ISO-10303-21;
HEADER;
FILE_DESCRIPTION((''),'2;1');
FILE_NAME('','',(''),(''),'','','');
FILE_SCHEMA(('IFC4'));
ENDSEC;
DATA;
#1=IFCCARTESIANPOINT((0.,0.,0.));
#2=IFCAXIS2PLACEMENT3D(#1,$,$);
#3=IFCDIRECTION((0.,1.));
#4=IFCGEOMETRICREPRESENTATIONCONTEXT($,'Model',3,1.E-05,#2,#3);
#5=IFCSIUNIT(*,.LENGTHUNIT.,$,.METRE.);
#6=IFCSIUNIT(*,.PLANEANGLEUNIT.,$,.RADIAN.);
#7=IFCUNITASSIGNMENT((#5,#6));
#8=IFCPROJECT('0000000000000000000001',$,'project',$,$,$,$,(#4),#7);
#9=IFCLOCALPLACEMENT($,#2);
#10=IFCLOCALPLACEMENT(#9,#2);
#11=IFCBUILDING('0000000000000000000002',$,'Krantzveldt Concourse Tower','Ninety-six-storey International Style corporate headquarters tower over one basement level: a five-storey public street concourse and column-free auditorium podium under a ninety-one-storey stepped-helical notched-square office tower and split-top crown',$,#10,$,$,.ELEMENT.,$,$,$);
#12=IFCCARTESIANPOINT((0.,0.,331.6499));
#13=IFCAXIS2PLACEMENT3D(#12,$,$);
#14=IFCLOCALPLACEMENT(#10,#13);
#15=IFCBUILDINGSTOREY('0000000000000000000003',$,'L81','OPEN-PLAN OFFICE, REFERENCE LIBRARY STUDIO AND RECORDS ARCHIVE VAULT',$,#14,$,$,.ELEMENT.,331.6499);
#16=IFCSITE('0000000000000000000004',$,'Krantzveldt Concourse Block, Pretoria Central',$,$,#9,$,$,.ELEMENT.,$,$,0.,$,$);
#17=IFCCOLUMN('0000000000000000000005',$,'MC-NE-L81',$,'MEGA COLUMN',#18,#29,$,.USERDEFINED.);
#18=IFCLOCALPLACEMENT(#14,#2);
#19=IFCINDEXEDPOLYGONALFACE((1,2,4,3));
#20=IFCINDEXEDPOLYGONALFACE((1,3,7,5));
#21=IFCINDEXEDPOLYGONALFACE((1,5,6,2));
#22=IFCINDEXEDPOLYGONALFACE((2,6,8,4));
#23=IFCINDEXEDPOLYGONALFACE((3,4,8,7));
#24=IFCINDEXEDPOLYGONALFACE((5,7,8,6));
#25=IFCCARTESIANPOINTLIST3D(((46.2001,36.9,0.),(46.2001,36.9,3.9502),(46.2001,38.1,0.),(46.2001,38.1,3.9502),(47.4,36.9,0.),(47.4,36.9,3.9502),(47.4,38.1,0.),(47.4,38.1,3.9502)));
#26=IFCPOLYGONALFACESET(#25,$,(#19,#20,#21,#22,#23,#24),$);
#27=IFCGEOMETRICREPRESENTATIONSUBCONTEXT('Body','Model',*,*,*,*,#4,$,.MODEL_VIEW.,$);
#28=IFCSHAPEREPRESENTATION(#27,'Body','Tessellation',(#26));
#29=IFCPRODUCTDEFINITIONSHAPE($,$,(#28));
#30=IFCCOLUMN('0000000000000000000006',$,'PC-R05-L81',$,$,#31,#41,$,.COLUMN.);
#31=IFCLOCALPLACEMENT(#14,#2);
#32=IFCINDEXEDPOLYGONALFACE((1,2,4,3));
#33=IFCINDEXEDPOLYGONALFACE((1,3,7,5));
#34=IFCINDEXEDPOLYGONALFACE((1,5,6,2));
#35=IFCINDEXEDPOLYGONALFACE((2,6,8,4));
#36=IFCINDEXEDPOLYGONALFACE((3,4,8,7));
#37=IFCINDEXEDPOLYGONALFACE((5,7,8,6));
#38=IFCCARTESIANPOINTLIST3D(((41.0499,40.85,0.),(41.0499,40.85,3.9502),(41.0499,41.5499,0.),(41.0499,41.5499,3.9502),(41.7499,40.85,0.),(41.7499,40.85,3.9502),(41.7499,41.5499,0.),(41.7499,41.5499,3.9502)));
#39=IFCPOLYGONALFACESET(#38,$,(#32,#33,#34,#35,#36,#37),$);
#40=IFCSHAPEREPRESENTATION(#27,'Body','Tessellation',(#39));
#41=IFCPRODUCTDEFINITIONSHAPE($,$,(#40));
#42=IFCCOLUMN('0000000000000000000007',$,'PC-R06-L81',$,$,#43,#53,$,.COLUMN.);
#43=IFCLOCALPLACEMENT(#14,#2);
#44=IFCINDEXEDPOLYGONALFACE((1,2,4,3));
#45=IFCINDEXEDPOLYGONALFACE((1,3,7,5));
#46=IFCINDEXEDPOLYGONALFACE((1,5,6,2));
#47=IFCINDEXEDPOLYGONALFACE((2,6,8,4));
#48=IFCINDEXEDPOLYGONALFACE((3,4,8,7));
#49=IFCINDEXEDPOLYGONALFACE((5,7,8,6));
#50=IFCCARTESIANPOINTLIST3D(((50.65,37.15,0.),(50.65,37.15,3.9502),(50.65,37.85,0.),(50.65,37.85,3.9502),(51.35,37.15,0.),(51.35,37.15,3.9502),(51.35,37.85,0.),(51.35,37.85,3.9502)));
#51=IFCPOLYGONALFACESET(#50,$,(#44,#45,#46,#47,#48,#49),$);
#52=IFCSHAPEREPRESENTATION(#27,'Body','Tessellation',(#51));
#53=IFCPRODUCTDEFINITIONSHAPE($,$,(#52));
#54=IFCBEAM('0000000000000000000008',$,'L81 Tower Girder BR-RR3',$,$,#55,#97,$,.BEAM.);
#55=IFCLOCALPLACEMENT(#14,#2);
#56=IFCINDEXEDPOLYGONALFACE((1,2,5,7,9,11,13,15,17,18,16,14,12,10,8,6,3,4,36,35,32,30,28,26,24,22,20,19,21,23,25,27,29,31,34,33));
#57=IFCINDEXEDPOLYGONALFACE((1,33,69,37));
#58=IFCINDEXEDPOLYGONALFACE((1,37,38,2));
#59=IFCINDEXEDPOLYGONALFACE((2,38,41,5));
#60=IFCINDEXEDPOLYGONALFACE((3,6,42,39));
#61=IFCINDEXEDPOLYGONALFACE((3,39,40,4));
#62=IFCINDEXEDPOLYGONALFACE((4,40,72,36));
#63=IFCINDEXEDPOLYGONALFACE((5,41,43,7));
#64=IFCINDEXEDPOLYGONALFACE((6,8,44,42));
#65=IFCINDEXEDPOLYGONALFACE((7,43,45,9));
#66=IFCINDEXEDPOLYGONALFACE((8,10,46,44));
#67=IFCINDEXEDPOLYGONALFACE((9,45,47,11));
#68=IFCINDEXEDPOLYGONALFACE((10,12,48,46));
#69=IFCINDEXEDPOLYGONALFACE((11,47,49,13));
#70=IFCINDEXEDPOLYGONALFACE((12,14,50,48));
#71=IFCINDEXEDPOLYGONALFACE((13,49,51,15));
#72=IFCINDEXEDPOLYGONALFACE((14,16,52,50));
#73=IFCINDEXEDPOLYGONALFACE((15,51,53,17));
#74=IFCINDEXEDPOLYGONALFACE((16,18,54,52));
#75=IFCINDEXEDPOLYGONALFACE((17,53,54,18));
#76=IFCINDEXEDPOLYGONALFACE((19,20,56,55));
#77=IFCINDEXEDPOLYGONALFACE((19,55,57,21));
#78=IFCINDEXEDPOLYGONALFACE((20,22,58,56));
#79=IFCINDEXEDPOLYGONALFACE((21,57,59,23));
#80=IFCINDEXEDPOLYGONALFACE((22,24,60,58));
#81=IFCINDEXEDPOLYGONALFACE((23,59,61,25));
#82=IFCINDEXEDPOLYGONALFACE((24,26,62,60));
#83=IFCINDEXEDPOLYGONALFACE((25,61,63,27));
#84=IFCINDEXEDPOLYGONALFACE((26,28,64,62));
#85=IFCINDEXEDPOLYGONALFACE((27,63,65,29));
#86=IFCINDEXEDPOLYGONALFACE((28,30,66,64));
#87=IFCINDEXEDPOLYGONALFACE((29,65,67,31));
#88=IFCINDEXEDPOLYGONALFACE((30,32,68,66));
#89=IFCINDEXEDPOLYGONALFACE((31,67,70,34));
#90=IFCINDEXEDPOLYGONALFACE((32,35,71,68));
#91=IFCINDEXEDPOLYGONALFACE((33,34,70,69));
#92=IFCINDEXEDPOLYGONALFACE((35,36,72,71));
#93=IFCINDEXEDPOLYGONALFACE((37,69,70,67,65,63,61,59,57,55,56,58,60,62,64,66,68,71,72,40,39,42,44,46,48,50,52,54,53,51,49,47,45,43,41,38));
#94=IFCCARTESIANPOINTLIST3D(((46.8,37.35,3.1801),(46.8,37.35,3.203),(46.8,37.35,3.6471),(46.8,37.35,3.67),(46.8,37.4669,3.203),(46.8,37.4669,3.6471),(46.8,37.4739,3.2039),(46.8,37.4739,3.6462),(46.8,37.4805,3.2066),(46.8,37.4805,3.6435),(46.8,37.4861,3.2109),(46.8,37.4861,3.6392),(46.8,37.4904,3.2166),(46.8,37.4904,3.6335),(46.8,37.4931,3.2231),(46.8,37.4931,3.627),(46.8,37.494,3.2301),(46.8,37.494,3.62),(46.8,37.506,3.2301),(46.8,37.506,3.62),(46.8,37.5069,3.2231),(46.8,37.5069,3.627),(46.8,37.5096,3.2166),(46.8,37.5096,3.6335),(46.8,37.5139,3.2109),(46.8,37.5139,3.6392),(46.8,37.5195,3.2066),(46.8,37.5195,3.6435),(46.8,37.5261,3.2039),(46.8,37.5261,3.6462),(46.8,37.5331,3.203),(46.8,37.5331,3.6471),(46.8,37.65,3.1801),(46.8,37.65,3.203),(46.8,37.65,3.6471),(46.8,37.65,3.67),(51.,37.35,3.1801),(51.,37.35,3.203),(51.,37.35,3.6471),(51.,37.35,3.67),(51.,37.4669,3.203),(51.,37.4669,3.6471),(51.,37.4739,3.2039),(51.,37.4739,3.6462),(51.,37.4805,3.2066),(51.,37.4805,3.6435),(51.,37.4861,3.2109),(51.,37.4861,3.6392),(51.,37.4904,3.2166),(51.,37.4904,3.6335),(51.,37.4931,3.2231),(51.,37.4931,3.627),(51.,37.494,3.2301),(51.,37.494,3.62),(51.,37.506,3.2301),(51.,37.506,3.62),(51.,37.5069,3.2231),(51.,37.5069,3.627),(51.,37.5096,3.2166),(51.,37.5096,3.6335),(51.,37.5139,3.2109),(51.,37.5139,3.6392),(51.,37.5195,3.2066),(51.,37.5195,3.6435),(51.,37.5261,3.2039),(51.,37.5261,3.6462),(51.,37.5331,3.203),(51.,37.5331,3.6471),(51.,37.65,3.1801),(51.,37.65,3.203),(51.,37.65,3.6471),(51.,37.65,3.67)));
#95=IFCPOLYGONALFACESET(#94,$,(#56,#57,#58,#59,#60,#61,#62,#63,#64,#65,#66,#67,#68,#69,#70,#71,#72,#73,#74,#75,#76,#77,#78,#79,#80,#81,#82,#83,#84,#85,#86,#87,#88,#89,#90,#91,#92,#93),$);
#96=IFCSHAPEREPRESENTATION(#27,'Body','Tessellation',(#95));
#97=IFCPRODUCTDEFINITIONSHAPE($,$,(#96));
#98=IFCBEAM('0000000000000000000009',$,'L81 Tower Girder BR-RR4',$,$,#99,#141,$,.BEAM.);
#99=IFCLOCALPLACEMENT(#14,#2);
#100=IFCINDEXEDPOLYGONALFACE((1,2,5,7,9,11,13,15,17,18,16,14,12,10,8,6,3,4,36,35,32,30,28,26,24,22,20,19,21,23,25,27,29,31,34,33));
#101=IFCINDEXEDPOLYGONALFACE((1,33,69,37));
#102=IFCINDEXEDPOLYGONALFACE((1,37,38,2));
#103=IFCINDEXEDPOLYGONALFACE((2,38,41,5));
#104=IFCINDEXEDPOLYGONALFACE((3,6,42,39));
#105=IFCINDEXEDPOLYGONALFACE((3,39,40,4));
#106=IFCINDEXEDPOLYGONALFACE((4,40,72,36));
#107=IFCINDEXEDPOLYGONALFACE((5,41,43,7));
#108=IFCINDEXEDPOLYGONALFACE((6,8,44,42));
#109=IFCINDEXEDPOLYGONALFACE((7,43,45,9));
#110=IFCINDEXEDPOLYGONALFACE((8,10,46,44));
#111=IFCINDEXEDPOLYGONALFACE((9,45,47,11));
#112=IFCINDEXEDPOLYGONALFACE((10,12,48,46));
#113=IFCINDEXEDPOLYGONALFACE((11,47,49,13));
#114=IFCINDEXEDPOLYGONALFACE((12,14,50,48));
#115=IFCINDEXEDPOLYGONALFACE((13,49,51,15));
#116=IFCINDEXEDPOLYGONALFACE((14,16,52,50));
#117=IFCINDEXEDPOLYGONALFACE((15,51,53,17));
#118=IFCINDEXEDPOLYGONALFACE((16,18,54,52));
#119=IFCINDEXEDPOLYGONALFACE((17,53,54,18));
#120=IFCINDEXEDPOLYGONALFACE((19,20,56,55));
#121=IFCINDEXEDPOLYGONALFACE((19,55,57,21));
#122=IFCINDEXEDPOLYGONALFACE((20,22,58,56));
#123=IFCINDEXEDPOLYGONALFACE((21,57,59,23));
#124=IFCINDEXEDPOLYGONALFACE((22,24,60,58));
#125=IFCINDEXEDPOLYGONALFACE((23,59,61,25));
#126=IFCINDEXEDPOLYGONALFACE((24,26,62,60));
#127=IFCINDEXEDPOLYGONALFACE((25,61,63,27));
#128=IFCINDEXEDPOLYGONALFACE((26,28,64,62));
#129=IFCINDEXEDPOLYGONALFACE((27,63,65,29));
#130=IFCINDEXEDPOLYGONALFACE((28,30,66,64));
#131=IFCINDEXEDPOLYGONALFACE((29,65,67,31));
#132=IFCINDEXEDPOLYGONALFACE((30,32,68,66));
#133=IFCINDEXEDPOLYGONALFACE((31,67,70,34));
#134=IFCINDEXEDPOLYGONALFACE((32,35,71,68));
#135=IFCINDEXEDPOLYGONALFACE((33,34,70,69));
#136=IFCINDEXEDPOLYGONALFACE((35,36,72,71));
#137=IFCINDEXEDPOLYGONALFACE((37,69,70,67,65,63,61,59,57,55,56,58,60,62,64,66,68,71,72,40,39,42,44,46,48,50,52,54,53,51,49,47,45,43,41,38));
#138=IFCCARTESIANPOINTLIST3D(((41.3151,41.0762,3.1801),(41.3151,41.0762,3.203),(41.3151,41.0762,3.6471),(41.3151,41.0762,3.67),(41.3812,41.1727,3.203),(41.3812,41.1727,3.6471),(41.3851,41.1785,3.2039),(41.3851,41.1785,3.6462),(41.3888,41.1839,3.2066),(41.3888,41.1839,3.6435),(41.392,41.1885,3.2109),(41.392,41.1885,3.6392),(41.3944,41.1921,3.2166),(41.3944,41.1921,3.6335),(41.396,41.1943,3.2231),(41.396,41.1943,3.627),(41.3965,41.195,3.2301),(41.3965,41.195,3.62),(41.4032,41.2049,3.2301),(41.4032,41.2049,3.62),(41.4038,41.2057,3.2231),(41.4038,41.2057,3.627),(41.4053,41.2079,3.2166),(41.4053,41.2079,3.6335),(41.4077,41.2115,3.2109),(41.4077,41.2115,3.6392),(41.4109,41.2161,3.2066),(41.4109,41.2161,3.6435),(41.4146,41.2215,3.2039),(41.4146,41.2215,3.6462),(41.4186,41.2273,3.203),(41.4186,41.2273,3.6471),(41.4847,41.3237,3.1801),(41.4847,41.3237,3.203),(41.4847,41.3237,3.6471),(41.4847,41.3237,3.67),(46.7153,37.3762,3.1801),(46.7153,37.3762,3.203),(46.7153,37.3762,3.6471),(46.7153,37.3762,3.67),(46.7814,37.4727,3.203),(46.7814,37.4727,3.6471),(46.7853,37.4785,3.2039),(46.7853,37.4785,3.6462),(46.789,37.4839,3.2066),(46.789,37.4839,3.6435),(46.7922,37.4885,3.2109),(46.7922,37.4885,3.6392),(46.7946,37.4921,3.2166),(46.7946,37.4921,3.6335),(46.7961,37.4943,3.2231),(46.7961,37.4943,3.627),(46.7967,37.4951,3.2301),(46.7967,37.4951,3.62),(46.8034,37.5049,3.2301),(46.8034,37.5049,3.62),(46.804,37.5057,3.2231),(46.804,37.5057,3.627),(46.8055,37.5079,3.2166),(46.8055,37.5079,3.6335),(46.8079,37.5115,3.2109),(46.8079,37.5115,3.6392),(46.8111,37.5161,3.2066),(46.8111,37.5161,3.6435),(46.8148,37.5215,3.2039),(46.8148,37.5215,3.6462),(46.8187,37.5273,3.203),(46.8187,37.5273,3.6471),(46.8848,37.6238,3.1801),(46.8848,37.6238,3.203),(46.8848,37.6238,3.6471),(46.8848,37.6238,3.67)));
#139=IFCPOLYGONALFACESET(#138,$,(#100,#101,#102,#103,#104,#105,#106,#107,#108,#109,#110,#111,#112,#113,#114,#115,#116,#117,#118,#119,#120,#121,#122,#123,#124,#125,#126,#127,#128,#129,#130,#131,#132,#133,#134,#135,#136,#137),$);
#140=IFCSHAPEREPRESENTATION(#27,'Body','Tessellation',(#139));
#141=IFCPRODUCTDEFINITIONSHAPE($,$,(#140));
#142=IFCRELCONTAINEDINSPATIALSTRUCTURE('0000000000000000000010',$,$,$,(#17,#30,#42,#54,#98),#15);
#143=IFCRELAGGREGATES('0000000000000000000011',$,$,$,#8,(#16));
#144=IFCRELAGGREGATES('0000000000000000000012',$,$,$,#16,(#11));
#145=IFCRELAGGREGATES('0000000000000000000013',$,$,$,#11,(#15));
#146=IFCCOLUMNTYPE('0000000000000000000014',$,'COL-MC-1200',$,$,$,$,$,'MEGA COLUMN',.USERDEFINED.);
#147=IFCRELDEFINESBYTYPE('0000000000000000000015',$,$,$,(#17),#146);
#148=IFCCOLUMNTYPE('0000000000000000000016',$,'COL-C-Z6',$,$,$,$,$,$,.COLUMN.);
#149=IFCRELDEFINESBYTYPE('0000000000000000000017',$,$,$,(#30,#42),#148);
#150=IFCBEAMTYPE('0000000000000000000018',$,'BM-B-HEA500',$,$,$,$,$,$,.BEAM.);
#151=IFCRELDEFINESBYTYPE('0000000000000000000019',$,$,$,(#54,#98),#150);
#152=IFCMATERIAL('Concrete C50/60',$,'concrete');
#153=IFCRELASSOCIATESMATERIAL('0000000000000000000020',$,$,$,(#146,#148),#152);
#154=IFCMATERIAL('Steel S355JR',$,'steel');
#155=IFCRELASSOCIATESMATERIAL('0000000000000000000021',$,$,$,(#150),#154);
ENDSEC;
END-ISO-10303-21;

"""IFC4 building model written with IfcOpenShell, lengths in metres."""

from ifc_helpers import new_model, si_unit, direction, frame, origin, origin_2d, place, context, subcontext, project, spatial, rectangle, i_section, extrude, source, transform, mapped, material, material_profile, profile_set, type_object, type_shapes, element, save


model = new_model("IFC4")

# Units and contexts
model_context = context("Model", 3, precision=1e-05, world=origin(), true_north=direction((0.0, 1.0)))
body_context = subcontext(model_context, "Body", "Model", "MODEL_VIEW")
ifc_project = project(units=[si_unit("LENGTHUNIT", "METRE"), si_unit("PLANEANGLEUNIT", "RADIAN")], contexts=[model_context])

# Site, building, storey
site_placement = place(None, origin())
site = spatial("IfcSite", under=ifc_project, at=site_placement, Name="Krantzveldt Concourse Block, Pretoria Central", CompositionType="ELEMENT", RefElevation=0.0)
building_placement = place(site_placement, origin())
building = spatial("IfcBuilding", under=site, at=building_placement, Name="Krantzveldt Concourse Tower", Description="Ninety-six-storey International Style corporate headquarters tower over one basement level: a five-storey public street concourse and column-free auditorium podium under a ninety-one-storey stepped-helical notched-square office tower and split-top crown", CompositionType="ELEMENT")
storey_placement = place(building_placement, frame((0.0, 0.0, 331.6499)))
storey = spatial("IfcBuildingStorey", under=building, at=storey_placement, Name="L81", Description="OPEN-PLAN OFFICE, REFERENCE LIBRARY STUDIO AND RECORDS ARCHIVE VAULT", CompositionType="ELEMENT", Elevation=331.6499)

# Columns
ifc_material_1 = material(Name="Concrete C50/60", Category="concrete")
ifc_material_profile_1 = material_profile(ifc_material_1, rectangle(XDim=1.2, YDim=1.2, at=origin_2d()), Name="Concrete C50/60", Category="concrete")
ifc_profile_set_1 = profile_set([ifc_material_profile_1], Name="Concrete C50/60 - RC 1200x1200")
column_type_1 = type_object("IfcColumnType", Name="COL-MC-1200", ElementType="MEGA COLUMN", PredefinedType="USERDEFINED", material=ifc_profile_set_1)
shared_shape_1 = source(origin(), body_context, "Body", "SweptSolid", [
    extrude(rectangle(XDim=1.2, YDim=1.2, at=origin_2d()), origin(), (0.0, 0.0, 1.0), 3.9502),
])
type_shapes(column_type_1, [shared_shape_1])
column_placement = place(storey_placement, frame((46.8, 37.5, 0.0), z_axis=(0.0, 0.0, 1.0), x_axis=(1.0, 0.0, 0.0)))
element("IfcColumn", 1, at=column_placement, inside=storey, type_object=column_type_1, Name="MC-NE-L81", ObjectType="MEGA COLUMN", PredefinedType="USERDEFINED", context=body_context, shape_type="MappedRepresentation", body=[
    mapped(shared_shape_1, transform((0.0, 0.0, 0.0), x_axis=(1.0, 0.0, 0.0), y_axis=(0.0, 1.0, 0.0), z_axis=(0.0, 0.0, 1.0), scale=1.0)),
])
ifc_material_profile_2 = material_profile(ifc_material_1, rectangle(XDim=0.7, YDim=0.7, at=origin_2d()), Name="Concrete C50/60", Category="concrete")
ifc_profile_set_2 = profile_set([ifc_material_profile_2], Name="Concrete C50/60 - RC 700x700")
column_type_2 = type_object("IfcColumnType", Name="COL-C-Z6", PredefinedType="COLUMN", material=ifc_profile_set_2)
shared_shape_2 = source(origin(), body_context, "Body", "SweptSolid", [
    extrude(rectangle(XDim=0.7, YDim=0.7, at=origin_2d()), origin(), (0.0, 0.0, 1.0), 3.9502),
])
type_shapes(column_type_2, [shared_shape_2])
for number, where, z_axis, x_axis, name in (
    (2, (41.3999, 41.2, 0.0), (0.0, 0.0, 1.0), (1.0, 0.0, 0.0), "PC-R05-L81"),
    (3, (51.0, 37.5, 0.0), (0.0, 0.0, 1.0), (1.0, 0.0, 0.0), "PC-R06-L81"),
):
    element("IfcColumn", number, at=place(storey_placement, frame(where, z_axis=z_axis, x_axis=x_axis)), inside=storey, type_object=column_type_2, Name=name, PredefinedType="COLUMN", context=body_context, shape_type="MappedRepresentation", body=[
        mapped(shared_shape_2, transform((0.0, 0.0, 0.0), x_axis=(1.0, 0.0, 0.0), y_axis=(0.0, 1.0, 0.0), z_axis=(0.0, 0.0, 1.0), scale=1.0)),
    ])

# Beams
ifc_material_2 = material(Name="Steel S355JR", Category="steel")
ifc_material_profile_3 = material_profile(ifc_material_2, i_section(OverallWidth=0.3, OverallDepth=0.49, WebThickness=0.012, FlangeThickness=0.0229, FilletRadius=0.0271, at=origin_2d()), Name="Steel S355JR", Category="steel")
ifc_profile_set_3 = profile_set([ifc_material_profile_3], Name="Steel S355JR - HEA 500")
beam_type_1 = type_object("IfcBeamType", Name="BM-B-HEA500", PredefinedType="BEAM", material=ifc_profile_set_3)
shared_shape_3 = source(origin(), body_context, "Body", "SweptSolid", [
    extrude(i_section(OverallWidth=0.3, OverallDepth=0.49, WebThickness=0.012, FlangeThickness=0.0229, FilletRadius=0.0271, at=origin_2d()), origin(), (0.0, 0.0, 1.0), 4.2),
])
beam_1_placement = place(storey_placement, frame((46.8, 37.5, 3.425), z_axis=(1.0, 0.0, 0.0), x_axis=(0.0, 1.0, 0.0)))
element("IfcBeam", 4, at=beam_1_placement, inside=storey, type_object=beam_type_1, Name="L81 Tower Girder BR-RR3", PredefinedType="BEAM", context=body_context, shape_type="MappedRepresentation", body=[
    mapped(shared_shape_3, transform((0.0, 0.0, 0.0), x_axis=(1.0, 0.0, 0.0), y_axis=(0.0, 1.0, 0.0), z_axis=(0.0, 0.0, 1.0), scale=1.0)),
])
shared_shape_4 = source(origin(), body_context, "Body", "SweptSolid", [
    extrude(i_section(OverallWidth=0.3, OverallDepth=0.49, WebThickness=0.012, FlangeThickness=0.0229, FilletRadius=0.0271, at=origin_2d()), origin(), (0.0, 0.0, 1.0), 6.5461),
])
type_shapes(beam_type_1, [shared_shape_3, shared_shape_4])
beam_2_placement = place(storey_placement, frame((46.8, 37.5, 3.425), z_axis=(-0.824943, 0.565216, 0.0), x_axis=(-0.565216, -0.824943, 0.0)))
element("IfcBeam", 5, at=beam_2_placement, inside=storey, type_object=beam_type_1, Name="L81 Tower Girder BR-RR4", PredefinedType="BEAM", context=body_context, shape_type="MappedRepresentation", body=[
    mapped(shared_shape_4, transform((0.0, 0.0, 0.0), x_axis=(1.0, 0.0, 0.0), y_axis=(0.0, 1.0, 0.0), z_axis=(0.0, 0.0, 1.0), scale=1.0)),
])

save(model, "model.ifc")
